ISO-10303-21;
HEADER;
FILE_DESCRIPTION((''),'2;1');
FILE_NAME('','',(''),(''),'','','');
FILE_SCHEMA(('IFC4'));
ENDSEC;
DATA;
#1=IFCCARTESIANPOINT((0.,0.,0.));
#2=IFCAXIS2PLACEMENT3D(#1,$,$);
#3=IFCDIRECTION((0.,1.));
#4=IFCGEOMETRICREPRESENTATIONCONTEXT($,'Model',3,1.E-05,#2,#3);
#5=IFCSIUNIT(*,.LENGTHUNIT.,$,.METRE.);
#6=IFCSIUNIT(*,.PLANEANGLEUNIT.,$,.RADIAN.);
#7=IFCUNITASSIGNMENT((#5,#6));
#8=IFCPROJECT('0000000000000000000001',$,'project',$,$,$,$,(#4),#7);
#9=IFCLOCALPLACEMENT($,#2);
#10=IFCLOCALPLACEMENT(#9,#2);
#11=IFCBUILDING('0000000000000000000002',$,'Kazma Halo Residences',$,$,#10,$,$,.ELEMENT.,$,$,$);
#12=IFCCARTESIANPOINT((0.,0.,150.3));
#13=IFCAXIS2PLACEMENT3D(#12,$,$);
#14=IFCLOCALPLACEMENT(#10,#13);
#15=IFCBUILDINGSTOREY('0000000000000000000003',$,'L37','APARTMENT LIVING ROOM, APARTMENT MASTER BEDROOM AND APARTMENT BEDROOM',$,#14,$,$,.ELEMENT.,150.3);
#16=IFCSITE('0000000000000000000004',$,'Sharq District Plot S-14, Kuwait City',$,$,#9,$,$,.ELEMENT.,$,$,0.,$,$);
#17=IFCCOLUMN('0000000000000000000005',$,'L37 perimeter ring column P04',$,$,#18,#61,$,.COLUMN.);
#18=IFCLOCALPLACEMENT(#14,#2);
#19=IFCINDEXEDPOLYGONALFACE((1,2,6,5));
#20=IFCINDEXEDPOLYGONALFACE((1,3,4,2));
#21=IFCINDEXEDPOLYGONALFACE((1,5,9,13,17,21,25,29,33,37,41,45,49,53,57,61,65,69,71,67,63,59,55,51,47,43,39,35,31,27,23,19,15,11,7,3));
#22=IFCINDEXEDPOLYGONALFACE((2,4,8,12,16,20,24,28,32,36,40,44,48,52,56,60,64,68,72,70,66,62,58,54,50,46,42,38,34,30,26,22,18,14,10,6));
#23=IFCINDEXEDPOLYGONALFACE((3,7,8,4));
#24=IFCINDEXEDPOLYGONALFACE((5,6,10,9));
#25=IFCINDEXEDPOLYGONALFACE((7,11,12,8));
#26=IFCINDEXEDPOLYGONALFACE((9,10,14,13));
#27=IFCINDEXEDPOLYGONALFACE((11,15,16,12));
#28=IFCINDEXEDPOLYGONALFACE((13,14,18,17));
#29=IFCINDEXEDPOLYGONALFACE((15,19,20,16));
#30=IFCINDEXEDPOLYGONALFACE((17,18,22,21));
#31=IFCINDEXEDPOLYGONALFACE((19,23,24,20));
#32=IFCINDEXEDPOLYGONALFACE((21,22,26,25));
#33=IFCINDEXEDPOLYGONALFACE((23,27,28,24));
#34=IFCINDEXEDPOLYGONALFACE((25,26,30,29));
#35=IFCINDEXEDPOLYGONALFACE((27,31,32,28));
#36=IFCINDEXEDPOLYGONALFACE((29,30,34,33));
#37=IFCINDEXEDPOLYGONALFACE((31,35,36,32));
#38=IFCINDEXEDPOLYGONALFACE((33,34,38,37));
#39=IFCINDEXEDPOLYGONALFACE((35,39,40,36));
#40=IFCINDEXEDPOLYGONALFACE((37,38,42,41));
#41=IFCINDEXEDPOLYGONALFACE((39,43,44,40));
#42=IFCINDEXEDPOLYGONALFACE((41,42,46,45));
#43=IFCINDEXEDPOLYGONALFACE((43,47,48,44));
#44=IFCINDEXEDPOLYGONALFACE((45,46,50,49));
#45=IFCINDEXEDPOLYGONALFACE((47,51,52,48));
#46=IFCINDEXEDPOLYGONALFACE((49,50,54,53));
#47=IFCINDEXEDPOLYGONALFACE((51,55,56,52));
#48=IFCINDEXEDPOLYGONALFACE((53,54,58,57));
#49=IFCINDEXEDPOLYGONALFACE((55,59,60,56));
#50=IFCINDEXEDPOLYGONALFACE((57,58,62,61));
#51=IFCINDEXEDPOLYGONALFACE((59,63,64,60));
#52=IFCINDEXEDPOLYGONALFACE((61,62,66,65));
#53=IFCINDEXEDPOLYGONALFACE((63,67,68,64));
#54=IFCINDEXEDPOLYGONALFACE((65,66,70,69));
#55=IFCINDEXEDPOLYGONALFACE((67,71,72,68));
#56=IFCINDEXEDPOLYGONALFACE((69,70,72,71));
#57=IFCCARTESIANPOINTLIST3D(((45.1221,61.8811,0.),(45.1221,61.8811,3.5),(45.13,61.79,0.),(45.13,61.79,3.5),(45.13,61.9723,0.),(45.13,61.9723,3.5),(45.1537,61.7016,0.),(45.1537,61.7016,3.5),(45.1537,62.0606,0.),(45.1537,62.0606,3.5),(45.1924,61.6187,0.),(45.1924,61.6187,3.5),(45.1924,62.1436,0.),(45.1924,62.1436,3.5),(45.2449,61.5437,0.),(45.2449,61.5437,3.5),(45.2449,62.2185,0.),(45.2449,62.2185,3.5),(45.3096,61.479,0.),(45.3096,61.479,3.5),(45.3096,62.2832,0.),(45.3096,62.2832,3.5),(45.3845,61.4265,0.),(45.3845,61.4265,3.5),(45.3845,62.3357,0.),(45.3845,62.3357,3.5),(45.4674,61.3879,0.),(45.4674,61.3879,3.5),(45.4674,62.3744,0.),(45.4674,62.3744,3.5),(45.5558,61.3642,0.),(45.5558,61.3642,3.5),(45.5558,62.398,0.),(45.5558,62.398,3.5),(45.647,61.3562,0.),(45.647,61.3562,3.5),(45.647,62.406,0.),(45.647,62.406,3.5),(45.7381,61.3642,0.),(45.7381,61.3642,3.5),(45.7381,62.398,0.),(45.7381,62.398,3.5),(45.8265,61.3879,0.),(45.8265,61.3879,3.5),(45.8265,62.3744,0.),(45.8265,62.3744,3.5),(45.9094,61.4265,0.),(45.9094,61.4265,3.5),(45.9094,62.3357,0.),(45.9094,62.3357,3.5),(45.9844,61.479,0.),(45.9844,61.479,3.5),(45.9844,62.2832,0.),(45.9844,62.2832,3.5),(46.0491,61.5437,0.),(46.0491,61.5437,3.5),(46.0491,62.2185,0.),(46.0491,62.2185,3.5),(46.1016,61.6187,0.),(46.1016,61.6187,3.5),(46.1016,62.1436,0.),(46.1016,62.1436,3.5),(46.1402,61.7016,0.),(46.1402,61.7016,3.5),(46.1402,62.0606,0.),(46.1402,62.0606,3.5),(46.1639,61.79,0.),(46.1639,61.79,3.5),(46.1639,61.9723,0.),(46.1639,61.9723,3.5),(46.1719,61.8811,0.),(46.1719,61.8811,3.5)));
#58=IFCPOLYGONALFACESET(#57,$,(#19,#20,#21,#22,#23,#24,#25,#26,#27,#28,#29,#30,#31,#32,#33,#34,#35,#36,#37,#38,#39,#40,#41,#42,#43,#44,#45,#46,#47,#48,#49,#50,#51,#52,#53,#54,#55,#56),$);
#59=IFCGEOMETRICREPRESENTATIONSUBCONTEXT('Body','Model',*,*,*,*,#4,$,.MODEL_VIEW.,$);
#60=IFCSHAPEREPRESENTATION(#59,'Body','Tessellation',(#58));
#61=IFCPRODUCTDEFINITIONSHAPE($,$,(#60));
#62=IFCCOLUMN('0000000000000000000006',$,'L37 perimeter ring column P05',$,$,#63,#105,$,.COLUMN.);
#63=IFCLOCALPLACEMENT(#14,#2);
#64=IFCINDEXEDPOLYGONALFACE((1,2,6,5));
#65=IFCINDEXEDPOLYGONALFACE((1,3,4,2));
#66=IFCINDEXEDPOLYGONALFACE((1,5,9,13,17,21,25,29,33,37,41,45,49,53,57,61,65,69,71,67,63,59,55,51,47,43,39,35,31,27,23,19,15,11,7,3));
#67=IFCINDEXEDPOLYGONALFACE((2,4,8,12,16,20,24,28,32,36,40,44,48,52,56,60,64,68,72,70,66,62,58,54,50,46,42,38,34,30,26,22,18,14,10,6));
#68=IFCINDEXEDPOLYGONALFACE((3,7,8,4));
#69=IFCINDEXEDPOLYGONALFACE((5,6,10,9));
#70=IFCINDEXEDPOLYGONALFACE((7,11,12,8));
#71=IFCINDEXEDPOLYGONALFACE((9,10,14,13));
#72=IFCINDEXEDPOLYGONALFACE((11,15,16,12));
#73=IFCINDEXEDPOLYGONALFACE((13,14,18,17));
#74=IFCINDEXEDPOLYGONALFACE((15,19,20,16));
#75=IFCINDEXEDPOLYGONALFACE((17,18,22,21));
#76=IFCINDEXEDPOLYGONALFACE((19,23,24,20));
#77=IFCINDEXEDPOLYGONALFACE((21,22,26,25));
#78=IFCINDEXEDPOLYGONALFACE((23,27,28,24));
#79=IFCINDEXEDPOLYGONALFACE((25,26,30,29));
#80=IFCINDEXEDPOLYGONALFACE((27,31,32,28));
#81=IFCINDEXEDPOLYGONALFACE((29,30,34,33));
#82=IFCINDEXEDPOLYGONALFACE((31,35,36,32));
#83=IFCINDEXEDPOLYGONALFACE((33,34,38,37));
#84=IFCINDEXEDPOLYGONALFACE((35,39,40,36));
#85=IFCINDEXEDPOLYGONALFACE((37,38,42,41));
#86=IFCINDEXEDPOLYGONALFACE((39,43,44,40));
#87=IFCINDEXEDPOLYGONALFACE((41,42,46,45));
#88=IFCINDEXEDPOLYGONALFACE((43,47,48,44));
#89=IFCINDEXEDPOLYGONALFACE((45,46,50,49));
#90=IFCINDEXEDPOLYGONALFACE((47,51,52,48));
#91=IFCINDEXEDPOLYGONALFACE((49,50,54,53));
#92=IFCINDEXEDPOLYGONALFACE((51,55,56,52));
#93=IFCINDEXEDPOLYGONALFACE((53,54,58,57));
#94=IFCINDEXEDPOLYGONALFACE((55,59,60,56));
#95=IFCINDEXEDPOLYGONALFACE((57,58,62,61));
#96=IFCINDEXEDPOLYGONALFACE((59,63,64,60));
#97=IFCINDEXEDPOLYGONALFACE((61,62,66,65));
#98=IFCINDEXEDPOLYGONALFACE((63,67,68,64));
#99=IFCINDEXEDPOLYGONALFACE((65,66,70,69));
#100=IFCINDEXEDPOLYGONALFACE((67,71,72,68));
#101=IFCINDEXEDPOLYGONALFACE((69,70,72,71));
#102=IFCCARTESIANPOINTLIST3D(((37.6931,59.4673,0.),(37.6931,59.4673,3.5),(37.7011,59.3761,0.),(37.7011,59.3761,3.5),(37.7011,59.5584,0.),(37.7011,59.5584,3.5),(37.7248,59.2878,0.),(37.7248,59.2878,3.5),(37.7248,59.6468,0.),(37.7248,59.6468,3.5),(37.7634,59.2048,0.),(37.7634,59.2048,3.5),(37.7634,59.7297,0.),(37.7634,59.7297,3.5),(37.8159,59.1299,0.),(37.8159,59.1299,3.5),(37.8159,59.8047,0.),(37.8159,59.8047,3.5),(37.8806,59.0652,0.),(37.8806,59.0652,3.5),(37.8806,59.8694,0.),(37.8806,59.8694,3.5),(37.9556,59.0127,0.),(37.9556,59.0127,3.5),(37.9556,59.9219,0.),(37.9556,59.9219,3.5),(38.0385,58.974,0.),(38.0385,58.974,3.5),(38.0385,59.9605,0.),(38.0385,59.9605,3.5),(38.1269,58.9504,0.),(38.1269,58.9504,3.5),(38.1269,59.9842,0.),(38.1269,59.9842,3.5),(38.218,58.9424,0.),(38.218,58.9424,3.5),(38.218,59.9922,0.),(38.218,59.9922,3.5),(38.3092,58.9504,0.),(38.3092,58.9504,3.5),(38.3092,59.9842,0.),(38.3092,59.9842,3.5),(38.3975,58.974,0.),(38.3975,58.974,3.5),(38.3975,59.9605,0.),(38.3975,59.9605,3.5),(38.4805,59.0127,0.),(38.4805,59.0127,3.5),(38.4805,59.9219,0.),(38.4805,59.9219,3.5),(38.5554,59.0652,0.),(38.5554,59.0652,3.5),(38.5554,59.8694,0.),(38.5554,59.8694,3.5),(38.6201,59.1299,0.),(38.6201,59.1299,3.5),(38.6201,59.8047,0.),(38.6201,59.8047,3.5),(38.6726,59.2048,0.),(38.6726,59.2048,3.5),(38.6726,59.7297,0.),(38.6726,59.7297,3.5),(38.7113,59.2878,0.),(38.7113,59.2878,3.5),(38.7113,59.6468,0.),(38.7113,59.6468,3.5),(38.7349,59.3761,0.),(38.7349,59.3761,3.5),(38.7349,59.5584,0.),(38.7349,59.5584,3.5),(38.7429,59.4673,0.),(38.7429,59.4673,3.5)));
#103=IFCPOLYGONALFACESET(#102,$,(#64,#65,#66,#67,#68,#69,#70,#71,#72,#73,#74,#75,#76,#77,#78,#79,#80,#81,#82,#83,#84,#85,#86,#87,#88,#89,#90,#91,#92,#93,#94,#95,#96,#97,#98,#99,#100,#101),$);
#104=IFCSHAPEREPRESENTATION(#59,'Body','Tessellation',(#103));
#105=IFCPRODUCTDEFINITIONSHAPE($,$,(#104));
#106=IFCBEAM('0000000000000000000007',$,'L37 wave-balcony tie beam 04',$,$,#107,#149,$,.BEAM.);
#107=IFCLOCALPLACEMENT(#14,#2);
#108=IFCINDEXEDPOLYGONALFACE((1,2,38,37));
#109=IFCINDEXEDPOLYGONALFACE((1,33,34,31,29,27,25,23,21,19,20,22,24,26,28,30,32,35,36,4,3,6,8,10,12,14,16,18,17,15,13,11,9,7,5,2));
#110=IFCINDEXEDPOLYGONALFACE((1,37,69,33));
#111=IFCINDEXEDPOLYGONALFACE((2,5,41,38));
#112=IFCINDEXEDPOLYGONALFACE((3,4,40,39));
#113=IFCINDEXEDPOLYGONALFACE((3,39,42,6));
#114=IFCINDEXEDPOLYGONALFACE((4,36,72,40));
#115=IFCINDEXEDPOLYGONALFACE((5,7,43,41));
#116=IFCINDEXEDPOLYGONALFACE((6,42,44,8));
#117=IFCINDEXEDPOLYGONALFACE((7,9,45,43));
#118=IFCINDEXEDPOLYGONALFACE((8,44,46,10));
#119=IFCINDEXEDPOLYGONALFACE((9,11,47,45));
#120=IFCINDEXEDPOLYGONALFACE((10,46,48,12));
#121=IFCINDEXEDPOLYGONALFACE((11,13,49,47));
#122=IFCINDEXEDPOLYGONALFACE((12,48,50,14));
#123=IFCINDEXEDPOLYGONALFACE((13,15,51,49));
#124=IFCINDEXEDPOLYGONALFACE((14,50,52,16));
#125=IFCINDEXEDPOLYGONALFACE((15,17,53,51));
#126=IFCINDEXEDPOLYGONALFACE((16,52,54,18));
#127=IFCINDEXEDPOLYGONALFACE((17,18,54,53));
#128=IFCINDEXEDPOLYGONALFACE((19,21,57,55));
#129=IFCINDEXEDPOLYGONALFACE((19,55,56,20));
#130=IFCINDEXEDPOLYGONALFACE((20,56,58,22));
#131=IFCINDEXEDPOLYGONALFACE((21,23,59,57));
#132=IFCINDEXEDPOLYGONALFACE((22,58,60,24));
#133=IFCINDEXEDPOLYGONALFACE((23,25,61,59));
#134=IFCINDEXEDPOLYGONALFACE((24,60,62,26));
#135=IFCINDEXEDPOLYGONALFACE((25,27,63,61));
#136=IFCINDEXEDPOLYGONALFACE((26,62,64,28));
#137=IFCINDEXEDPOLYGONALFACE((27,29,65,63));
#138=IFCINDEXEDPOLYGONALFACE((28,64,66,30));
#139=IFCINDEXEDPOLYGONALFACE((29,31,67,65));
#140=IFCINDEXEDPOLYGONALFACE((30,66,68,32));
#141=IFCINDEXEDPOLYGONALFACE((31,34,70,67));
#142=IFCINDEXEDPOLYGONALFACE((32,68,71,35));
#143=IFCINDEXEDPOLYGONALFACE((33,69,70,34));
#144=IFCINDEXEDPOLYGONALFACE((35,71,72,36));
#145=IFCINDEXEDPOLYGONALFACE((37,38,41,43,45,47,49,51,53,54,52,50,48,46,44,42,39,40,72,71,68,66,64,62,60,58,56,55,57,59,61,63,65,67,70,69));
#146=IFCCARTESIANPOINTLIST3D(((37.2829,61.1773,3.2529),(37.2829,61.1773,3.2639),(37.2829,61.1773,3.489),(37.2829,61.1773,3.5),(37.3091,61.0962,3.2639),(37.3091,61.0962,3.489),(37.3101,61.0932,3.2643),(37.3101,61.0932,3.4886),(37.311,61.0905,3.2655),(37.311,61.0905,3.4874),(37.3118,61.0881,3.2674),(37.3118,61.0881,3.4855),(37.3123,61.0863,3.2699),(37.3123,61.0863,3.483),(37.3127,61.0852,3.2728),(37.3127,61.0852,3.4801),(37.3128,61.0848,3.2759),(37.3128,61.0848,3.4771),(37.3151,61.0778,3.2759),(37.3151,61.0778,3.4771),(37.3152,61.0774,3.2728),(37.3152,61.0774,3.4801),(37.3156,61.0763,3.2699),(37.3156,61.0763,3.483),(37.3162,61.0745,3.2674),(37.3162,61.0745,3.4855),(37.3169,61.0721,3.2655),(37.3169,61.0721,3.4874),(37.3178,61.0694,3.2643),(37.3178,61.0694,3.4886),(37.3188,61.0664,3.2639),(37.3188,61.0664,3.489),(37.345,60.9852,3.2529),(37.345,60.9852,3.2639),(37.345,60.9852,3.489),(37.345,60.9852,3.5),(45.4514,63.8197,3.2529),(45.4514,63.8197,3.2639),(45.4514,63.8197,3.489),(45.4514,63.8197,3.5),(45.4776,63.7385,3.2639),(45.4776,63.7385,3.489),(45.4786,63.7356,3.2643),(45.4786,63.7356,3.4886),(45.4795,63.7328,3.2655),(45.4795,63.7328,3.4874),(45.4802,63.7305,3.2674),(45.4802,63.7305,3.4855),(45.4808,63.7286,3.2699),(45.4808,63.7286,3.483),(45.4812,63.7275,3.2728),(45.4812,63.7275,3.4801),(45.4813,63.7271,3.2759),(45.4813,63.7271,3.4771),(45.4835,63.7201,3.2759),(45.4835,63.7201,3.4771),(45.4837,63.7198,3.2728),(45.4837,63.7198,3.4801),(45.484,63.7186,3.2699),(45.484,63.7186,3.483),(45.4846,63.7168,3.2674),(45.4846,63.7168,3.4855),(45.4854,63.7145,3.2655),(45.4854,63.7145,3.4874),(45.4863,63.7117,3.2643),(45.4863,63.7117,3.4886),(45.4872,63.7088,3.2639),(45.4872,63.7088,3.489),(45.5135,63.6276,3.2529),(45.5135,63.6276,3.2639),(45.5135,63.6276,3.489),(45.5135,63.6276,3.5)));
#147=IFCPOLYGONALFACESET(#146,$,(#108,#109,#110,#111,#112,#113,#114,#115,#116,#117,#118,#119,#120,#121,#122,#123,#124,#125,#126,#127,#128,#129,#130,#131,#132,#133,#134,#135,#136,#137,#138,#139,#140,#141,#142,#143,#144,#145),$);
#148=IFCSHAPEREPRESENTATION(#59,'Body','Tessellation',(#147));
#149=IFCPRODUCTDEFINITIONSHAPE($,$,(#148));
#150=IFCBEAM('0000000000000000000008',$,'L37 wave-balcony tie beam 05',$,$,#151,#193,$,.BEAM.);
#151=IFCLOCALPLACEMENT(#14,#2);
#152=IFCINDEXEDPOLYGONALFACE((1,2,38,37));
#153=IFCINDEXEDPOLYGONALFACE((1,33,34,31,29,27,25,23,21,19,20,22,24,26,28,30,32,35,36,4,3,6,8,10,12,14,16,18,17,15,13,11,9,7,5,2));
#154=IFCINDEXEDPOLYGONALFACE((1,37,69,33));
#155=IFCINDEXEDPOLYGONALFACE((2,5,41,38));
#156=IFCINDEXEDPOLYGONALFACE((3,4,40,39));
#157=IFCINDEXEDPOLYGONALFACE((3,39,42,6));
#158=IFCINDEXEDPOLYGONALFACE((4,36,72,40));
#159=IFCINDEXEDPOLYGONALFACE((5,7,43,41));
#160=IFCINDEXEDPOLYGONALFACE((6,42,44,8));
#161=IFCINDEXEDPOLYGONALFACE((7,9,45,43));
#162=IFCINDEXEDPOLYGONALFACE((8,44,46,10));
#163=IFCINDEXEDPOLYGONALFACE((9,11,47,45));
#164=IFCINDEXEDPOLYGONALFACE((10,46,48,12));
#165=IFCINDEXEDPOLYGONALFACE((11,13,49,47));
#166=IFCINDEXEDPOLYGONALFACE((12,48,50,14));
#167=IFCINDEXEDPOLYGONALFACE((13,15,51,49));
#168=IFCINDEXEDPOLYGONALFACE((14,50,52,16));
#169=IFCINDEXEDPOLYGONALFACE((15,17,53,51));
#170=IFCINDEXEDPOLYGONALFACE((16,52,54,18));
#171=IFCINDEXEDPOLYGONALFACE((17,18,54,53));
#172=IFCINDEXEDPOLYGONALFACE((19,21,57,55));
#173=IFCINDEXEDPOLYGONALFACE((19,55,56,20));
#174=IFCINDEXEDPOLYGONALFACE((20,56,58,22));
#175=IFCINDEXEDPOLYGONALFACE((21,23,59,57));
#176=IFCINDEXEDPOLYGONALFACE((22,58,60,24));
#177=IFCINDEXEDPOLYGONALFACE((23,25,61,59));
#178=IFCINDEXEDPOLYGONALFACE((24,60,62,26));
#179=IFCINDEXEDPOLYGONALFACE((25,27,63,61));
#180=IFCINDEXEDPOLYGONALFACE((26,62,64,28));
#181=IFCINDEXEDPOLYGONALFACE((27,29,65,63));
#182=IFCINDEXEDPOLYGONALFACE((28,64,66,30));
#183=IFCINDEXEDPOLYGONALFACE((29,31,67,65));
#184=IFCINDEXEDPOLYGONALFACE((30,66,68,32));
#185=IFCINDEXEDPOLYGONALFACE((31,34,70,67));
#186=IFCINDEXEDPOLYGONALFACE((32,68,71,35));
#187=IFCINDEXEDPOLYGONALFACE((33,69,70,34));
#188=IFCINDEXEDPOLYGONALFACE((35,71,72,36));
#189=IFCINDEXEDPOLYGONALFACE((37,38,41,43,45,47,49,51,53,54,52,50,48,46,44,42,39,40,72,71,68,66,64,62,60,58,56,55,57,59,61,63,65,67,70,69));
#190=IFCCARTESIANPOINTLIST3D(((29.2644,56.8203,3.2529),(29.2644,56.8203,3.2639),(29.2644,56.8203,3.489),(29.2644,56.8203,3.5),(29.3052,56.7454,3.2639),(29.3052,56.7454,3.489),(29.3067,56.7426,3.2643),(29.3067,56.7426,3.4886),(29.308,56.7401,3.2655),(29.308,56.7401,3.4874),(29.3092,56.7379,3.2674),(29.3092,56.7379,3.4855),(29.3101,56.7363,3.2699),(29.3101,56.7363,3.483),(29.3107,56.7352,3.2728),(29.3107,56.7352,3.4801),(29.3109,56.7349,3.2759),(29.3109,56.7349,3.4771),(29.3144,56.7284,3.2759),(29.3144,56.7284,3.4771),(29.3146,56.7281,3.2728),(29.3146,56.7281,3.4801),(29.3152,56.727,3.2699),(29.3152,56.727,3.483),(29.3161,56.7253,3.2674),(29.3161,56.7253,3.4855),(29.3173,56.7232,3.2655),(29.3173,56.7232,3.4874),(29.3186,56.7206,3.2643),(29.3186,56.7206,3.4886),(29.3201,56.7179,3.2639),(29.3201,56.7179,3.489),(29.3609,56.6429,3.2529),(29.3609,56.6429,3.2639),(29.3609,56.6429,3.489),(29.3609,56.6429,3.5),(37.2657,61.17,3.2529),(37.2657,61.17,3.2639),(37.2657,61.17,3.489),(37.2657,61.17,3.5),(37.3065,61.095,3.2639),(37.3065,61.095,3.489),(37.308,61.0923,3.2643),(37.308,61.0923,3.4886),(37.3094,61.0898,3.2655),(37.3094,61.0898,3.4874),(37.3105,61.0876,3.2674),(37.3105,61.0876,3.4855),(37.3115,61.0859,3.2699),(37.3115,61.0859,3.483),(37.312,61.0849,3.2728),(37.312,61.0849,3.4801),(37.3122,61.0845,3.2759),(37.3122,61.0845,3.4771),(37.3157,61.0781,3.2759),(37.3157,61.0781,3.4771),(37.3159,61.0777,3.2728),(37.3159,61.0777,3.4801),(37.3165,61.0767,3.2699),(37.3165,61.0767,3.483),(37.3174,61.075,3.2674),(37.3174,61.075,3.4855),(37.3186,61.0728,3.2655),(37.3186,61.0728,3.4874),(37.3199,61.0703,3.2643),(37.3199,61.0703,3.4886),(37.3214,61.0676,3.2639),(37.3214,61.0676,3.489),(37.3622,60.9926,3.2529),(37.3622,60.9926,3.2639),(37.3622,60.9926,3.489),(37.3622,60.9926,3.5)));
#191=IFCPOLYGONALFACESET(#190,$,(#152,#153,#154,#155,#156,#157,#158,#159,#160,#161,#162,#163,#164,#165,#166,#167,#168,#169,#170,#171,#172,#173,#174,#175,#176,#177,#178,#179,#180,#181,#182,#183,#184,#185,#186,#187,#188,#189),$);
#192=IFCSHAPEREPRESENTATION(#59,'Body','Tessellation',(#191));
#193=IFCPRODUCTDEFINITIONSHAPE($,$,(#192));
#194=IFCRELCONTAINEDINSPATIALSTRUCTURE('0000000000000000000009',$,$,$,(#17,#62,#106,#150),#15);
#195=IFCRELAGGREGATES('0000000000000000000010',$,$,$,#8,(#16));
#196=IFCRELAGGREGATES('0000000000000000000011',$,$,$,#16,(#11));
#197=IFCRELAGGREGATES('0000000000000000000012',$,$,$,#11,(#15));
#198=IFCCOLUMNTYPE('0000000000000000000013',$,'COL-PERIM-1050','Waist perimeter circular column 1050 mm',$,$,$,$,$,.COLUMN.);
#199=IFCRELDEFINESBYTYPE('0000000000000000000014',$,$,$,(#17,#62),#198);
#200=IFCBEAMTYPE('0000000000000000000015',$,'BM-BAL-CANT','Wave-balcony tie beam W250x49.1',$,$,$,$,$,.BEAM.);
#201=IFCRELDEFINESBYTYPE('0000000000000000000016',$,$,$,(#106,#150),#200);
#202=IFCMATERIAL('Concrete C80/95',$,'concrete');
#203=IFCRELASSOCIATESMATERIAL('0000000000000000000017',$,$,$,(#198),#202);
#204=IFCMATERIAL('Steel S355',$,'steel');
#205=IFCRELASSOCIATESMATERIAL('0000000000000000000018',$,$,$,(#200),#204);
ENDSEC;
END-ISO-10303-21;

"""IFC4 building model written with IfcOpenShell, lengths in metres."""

from ifc_helpers import new_model, si_unit, direction, frame, origin, origin_2d, place, context, subcontext, project, spatial, circle, i_section, extrude, material, material_profile, profile_set, type_object, element, save


model = new_model("IFC4")

# Units and contexts
model_context = context("Model", 3, precision=1e-05, world=origin(), true_north=direction((0.0, 1.0)))
body_context = subcontext(model_context, "Body", "Model", "MODEL_VIEW")
ifc_project = project(units=[si_unit("LENGTHUNIT", "METRE"), si_unit("PLANEANGLEUNIT", "RADIAN")], contexts=[model_context])

# Site, building, storey
site_placement = place(None, origin())
site = spatial("IfcSite", under=ifc_project, at=site_placement, Name="Sharq District Plot S-14, Kuwait City", CompositionType="ELEMENT", RefElevation=0.0)
building_placement = place(site_placement, origin())
building = spatial("IfcBuilding", under=site, at=building_placement, Name="Kazma Halo Residences", CompositionType="ELEMENT")
storey_placement = place(building_placement, frame((0.0, 0.0, 150.3)))
storey = spatial("IfcBuildingStorey", under=building, at=storey_placement, Name="L37", Description="APARTMENT LIVING ROOM, APARTMENT MASTER BEDROOM AND APARTMENT BEDROOM", CompositionType="ELEMENT", Elevation=150.3)

# Columns
ifc_material_1 = material(Name="Concrete C80/95", Category="concrete")
ifc_material_profile_1 = material_profile(ifc_material_1, circle(Radius=0.5249, at=origin_2d()), Name="CIRC1050")
ifc_profile_set_1 = profile_set([ifc_material_profile_1], Name="Concrete C80/95")
column_type = type_object("IfcColumnType", Name="COL-PERIM-1050", Description="Waist perimeter circular column 1050 mm", PredefinedType="COLUMN", material=ifc_profile_set_1)
for number, where, z_axis, x_axis, name in (
    (1, (45.647, 61.8811, 0.0), (0.0, 0.0, 1.0), (1.0, 0.0, 0.0), "L37 perimeter ring column P04"),
    (2, (38.218, 59.4673, 0.0), (0.0, 0.0, 1.0), (1.0, 0.0, 0.0), "L37 perimeter ring column P05"),
):
    element("IfcColumn", number, at=place(storey_placement, frame(where, z_axis=z_axis, x_axis=x_axis)), inside=storey, type_object=column_type, Name=name, PredefinedType="COLUMN", context=body_context, shape_type="SweptSolid", body=[
        extrude(circle(Radius=0.5249, at=origin_2d()), origin(), (0.0, 0.0, 1.0), 3.5),
    ])

# Beams
ifc_material_2 = material(Name="Steel S355", Category="steel")
ifc_material_profile_2 = material_profile(ifc_material_2, i_section(OverallWidth=0.2019, OverallDepth=0.2471, WebThickness=0.0073, FlangeThickness=0.011, FilletRadius=0.012, at=origin_2d()), Name="W250x49.1")
ifc_profile_set_2 = profile_set([ifc_material_profile_2], Name="Steel S355")
beam_type_1 = type_object("IfcBeamType", Name="BM-BAL-CANT", Description="Wave-balcony tie beam W250x49.1", PredefinedType="BEAM", material=ifc_profile_set_2)
beam_1_placement = place(storey_placement, frame((45.4824, 63.7236, 3.3765), z_axis=(-0.951458, -0.307778, 0.0), x_axis=(0.307778, -0.951458, 0.0)))
element("IfcBeam", 3, at=beam_1_placement, inside=storey, type_object=beam_type_1, Name="L37 wave-balcony tie beam 04", PredefinedType="BEAM", context=body_context, shape_type="SweptSolid", body=[
    extrude(i_section(OverallWidth=0.2019, OverallDepth=0.2471, WebThickness=0.0073, FlangeThickness=0.011, FilletRadius=0.012, at=origin_2d()), origin(), (0.0, 0.0, 1.0), 8.5852),
])
beam_2_placement = place(storey_placement, frame((37.314, 61.0813, 3.3765), z_axis=(-0.878573, -0.477608, 0.0), x_axis=(0.477608, -0.878573, 0.0)))
element("IfcBeam", 4, at=beam_2_placement, inside=storey, type_object=beam_type_1, Name="L37 wave-balcony tie beam 05", PredefinedType="BEAM", context=body_context, shape_type="SweptSolid", body=[
    extrude(i_section(OverallWidth=0.2019, OverallDepth=0.2471, WebThickness=0.0073, FlangeThickness=0.011, FilletRadius=0.012, at=origin_2d()), origin(), (0.0, 0.0, 1.0), 9.1072),
])

save(model, "model.ifc")
